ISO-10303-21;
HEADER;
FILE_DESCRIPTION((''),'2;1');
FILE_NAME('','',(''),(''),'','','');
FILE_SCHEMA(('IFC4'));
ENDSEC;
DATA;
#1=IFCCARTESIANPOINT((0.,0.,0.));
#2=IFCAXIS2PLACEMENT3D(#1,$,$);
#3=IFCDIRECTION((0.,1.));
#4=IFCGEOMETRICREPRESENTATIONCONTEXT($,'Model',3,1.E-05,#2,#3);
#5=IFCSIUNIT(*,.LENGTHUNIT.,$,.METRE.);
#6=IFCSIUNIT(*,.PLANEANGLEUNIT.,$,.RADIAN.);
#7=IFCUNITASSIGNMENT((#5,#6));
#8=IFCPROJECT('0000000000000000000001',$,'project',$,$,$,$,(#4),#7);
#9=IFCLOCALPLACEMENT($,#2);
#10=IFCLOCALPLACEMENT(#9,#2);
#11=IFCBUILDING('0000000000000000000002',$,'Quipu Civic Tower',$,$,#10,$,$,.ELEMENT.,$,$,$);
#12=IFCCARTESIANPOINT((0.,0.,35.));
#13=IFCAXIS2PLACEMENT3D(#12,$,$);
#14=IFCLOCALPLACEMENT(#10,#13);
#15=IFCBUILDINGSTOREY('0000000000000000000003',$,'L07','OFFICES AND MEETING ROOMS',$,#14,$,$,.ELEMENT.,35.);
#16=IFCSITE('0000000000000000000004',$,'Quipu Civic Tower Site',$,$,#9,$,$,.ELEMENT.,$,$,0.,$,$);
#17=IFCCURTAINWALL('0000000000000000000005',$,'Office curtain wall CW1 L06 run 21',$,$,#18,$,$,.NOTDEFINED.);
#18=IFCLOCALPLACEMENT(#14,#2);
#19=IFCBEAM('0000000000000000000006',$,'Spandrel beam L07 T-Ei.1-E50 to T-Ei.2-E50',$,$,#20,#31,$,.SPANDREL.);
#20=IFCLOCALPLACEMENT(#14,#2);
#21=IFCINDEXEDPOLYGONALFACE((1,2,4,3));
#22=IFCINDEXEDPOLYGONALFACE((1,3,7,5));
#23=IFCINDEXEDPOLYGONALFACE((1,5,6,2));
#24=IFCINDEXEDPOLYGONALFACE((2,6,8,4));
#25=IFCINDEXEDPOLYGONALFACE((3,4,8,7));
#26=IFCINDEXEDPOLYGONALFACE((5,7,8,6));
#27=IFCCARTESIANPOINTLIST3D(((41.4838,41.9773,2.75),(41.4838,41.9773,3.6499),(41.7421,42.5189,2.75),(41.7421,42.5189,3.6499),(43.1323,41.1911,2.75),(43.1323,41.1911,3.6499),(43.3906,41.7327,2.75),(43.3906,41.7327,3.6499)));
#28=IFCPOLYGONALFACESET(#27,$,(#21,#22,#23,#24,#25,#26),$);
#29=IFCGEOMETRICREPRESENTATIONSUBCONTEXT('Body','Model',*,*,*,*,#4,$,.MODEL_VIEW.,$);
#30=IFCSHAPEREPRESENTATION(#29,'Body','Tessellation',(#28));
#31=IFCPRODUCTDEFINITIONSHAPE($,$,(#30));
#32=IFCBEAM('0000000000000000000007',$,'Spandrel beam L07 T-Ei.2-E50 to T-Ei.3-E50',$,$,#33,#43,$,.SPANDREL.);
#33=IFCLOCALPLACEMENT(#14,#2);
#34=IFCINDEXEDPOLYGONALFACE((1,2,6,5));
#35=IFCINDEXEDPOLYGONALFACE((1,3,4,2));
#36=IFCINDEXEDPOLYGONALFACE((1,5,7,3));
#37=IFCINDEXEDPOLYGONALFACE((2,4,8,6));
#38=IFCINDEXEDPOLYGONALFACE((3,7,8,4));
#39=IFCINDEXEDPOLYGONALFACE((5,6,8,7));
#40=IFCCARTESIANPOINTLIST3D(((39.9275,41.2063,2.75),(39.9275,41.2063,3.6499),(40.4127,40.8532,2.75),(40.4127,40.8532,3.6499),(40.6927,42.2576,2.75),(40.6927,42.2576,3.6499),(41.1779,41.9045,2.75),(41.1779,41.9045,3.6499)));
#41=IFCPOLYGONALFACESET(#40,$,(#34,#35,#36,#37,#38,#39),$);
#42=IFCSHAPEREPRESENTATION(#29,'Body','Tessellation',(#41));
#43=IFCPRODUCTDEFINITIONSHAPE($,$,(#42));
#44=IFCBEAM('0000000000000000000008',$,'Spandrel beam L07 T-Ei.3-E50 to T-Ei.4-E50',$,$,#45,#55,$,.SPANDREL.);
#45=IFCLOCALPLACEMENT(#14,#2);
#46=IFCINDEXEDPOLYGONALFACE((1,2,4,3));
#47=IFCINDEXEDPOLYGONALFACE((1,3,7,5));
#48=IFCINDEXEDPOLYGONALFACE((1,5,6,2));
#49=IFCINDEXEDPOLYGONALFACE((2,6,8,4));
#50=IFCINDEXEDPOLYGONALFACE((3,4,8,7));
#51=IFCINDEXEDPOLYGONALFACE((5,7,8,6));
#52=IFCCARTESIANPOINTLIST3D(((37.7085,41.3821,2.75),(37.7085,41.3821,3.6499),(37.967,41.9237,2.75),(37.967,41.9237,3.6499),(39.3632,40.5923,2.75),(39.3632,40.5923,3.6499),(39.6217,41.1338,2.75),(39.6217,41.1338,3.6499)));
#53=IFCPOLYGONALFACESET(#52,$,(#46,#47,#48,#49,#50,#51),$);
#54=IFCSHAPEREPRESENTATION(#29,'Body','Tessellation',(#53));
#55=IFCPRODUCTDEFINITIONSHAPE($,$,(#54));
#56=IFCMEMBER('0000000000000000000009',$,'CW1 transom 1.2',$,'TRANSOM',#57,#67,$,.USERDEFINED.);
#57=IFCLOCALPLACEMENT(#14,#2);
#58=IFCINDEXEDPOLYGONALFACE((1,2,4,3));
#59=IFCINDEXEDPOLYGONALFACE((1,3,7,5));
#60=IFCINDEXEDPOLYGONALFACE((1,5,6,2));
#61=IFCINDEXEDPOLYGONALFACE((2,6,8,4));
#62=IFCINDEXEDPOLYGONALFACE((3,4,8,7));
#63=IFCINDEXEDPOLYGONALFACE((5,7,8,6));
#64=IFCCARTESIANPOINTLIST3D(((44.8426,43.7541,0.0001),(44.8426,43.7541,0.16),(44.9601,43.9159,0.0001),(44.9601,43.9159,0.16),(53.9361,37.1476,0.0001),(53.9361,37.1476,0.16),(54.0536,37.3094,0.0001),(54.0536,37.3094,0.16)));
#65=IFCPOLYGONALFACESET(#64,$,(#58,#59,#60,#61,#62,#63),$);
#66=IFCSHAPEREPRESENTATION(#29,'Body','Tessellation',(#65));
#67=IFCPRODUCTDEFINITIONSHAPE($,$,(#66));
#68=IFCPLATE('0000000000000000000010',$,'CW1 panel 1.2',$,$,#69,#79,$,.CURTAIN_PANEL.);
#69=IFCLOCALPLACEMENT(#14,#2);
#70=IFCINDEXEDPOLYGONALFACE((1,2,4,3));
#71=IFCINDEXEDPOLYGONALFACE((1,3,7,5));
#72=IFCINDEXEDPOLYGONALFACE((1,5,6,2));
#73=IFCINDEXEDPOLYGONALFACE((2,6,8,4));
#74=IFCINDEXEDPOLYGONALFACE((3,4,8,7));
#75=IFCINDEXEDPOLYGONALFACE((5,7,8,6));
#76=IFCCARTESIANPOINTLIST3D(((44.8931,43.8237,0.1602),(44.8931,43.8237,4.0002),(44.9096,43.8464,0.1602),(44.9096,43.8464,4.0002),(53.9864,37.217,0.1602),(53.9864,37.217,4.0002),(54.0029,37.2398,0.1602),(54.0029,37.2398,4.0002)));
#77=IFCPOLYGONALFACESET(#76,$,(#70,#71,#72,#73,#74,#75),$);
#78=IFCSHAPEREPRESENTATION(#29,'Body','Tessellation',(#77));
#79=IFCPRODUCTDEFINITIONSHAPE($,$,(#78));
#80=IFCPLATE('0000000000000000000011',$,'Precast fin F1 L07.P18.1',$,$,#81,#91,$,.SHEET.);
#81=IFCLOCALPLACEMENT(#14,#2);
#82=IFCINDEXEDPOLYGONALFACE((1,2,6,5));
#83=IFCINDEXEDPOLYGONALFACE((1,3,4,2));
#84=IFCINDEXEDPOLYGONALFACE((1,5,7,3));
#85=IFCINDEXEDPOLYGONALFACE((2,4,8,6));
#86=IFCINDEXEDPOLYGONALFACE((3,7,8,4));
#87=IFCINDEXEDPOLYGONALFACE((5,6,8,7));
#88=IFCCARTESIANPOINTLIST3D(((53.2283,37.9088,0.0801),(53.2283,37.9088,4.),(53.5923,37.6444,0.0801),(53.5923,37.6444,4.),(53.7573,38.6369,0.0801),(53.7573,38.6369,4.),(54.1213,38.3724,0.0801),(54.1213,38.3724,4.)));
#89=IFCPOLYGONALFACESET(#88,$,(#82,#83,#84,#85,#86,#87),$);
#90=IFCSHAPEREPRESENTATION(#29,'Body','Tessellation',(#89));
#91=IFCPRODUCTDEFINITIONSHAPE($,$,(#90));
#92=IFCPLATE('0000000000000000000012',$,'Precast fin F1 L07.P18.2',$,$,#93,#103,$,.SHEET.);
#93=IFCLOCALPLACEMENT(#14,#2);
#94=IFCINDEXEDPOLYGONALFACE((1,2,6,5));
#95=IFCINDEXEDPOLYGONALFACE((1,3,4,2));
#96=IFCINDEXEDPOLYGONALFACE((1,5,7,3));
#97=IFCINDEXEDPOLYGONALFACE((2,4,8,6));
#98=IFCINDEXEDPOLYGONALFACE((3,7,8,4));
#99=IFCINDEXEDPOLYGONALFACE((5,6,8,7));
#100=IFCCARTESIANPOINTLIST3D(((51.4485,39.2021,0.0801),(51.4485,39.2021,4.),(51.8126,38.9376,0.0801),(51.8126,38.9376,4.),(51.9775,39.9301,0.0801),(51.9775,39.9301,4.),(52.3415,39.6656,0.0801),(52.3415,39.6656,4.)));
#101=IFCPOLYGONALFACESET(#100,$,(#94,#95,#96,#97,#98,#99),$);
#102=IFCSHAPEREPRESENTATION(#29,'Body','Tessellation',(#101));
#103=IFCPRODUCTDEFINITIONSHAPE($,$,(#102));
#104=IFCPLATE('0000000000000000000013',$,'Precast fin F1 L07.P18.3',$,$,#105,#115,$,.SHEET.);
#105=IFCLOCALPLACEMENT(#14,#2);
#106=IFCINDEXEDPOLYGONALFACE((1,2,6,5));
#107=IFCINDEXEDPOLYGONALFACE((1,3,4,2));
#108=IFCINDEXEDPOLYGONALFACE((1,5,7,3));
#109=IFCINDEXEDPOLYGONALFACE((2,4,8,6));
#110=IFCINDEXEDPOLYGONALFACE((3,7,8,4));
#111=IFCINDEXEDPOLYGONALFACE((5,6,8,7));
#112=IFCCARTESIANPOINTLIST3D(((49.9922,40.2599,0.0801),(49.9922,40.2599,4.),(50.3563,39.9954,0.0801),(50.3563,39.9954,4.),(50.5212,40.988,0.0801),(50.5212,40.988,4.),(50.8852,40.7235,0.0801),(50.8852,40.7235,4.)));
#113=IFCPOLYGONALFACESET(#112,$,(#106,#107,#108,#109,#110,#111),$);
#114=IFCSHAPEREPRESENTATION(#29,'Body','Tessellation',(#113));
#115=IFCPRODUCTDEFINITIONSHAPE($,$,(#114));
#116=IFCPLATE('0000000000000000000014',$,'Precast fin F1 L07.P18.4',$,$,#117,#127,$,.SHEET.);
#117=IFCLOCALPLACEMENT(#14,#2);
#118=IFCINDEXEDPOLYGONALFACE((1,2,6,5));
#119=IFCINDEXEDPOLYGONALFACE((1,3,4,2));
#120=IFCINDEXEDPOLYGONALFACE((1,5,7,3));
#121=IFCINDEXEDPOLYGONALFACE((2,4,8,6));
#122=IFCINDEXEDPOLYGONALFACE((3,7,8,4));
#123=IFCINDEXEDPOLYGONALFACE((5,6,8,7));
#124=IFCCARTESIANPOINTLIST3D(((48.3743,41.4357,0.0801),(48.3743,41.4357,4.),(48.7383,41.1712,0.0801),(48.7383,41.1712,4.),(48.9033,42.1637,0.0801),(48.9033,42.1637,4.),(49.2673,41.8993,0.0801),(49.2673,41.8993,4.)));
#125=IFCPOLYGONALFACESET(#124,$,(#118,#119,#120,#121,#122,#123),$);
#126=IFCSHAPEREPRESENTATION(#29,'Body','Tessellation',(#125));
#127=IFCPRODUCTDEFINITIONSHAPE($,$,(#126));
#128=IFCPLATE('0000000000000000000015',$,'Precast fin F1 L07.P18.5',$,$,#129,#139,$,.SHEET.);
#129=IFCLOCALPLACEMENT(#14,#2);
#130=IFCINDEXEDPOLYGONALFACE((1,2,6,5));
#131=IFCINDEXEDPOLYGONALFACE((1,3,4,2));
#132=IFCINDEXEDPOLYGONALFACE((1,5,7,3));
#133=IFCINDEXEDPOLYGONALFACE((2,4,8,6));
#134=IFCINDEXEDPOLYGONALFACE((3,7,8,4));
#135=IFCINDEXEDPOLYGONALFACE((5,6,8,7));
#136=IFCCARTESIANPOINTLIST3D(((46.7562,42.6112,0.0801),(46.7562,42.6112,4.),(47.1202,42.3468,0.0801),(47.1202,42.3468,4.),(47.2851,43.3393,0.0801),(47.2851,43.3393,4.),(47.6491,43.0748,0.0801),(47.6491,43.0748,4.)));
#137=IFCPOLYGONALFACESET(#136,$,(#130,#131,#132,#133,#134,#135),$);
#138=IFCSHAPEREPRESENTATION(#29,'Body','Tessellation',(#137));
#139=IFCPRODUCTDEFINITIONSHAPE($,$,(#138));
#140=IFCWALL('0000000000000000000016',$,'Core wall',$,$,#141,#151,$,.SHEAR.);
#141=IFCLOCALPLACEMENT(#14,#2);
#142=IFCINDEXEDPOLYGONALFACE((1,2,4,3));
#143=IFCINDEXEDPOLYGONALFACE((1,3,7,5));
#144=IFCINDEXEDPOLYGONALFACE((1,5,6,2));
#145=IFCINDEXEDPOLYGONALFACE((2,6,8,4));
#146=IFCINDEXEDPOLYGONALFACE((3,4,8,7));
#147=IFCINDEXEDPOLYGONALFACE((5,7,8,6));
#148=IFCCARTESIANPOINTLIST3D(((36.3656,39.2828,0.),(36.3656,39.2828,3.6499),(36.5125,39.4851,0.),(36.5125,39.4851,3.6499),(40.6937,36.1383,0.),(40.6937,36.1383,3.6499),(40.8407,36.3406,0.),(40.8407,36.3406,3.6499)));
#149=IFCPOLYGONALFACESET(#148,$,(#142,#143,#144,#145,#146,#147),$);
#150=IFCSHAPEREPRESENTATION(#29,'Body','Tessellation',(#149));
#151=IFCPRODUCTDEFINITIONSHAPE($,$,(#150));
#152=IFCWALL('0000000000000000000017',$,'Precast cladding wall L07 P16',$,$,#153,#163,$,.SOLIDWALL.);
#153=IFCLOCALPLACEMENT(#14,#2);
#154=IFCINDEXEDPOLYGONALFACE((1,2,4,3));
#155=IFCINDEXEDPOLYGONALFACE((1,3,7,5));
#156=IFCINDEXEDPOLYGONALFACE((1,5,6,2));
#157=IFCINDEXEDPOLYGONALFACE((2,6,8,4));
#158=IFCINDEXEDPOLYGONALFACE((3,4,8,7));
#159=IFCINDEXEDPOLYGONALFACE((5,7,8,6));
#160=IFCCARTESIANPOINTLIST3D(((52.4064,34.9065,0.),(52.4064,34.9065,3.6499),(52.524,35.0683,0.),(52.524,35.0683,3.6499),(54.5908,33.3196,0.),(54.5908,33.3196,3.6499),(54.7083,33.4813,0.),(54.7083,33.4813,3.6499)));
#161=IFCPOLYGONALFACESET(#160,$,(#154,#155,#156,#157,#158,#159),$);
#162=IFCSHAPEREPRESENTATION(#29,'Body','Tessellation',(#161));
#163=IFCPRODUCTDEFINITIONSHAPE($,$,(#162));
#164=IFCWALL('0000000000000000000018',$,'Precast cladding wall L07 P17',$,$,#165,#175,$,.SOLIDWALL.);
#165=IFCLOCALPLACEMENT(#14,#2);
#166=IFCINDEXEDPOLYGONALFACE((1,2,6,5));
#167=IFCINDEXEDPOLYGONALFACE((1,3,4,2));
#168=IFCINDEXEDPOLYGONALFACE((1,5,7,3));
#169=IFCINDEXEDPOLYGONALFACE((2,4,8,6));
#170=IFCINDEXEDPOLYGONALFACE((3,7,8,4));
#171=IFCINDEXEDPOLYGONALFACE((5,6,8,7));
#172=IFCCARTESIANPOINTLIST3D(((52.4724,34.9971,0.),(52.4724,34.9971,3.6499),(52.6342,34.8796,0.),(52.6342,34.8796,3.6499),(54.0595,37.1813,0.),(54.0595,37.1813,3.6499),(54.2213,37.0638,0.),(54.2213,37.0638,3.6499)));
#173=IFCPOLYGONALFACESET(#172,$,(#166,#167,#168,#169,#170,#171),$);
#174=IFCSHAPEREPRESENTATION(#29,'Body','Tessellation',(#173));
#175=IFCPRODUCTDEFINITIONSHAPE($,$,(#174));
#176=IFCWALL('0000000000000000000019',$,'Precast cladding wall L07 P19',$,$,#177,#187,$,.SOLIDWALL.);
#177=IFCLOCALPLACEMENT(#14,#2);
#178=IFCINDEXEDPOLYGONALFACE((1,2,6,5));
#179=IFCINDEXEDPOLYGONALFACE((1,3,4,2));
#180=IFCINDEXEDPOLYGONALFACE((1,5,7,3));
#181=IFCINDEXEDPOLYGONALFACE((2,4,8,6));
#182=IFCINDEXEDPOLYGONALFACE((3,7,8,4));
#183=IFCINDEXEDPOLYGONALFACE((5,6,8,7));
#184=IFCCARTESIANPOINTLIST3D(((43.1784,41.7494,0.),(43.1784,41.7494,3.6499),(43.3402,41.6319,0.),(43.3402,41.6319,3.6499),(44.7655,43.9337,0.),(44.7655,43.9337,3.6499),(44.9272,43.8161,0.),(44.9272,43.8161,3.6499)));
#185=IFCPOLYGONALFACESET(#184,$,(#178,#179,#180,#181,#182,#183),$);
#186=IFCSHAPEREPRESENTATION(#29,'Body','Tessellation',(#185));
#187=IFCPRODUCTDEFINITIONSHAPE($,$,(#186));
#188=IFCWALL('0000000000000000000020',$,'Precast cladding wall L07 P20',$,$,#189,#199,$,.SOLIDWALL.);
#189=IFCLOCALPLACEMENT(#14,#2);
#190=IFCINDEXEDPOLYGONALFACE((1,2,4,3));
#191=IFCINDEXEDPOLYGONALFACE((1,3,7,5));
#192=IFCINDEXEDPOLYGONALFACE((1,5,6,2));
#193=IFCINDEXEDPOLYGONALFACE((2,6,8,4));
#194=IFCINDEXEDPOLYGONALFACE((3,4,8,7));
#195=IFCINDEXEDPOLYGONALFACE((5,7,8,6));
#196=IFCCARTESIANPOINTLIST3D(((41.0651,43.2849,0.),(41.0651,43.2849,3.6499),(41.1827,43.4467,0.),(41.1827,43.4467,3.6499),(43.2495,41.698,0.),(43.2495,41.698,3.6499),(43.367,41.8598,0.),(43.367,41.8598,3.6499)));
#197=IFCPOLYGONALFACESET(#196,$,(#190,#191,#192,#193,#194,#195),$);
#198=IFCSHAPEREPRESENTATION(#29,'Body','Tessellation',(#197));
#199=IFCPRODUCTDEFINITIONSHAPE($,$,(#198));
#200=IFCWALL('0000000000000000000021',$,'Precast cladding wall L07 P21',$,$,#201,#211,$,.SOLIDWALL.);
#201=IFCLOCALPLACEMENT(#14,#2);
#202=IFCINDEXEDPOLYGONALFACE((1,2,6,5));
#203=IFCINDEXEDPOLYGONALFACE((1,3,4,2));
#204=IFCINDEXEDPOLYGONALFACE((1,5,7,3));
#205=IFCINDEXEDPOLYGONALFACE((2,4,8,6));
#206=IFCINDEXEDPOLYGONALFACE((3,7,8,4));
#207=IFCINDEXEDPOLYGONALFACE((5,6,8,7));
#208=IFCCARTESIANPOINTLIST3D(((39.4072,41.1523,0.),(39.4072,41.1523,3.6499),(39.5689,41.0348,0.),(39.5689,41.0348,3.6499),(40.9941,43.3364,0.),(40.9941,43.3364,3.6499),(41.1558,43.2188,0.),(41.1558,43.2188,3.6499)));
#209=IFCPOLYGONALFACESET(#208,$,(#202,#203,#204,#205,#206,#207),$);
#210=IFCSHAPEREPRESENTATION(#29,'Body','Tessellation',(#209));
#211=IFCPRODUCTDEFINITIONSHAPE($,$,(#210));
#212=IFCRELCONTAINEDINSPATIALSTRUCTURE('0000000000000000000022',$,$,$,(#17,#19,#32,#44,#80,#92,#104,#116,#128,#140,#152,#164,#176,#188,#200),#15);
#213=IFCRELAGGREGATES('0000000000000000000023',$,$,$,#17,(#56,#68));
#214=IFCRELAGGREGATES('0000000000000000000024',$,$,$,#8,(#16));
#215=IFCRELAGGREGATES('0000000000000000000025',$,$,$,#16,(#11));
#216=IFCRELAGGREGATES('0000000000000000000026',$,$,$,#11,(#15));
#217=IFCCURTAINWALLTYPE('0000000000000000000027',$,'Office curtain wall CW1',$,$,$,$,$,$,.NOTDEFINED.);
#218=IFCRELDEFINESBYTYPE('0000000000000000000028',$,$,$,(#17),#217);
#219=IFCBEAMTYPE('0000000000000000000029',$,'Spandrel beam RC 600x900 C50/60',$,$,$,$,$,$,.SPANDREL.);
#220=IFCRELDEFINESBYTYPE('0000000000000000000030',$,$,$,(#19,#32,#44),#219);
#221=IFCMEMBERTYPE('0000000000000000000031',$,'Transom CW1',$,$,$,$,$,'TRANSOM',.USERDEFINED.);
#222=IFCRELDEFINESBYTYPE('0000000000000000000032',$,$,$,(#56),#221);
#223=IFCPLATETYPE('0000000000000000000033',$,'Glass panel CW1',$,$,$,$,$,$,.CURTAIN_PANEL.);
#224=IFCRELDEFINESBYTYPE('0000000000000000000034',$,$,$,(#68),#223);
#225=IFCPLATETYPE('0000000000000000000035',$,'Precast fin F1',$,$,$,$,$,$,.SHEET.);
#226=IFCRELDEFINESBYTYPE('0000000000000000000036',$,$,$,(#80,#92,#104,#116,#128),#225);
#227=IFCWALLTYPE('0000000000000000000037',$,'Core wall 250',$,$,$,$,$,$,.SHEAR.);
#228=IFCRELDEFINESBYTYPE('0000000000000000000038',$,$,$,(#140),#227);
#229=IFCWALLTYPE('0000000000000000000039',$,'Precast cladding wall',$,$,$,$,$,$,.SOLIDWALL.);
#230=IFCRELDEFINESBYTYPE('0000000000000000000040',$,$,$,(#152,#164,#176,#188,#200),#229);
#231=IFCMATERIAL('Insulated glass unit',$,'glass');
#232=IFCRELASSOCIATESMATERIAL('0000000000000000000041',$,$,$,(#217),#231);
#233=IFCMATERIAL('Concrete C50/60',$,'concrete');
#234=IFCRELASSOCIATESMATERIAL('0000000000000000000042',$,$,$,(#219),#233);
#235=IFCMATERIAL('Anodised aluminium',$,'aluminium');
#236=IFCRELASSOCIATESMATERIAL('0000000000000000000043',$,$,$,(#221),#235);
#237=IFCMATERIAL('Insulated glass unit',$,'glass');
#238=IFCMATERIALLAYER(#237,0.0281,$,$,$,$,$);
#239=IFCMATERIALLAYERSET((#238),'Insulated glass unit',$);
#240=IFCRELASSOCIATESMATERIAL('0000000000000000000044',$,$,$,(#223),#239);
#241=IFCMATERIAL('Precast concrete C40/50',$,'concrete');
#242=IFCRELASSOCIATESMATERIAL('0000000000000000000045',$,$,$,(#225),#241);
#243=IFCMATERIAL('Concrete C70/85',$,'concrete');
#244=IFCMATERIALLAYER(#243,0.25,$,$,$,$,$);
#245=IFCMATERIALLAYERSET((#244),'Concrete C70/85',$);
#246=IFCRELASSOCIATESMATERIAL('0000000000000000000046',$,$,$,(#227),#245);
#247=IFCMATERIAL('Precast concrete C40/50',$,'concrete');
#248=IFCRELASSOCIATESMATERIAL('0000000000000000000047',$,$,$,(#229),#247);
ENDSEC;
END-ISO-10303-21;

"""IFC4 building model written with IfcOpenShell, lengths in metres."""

from ifc_helpers import new_model, si_unit, direction, frame, frame_2d, origin, origin_2d, place, context, subcontext, project, spatial, rectangle, extrude, material, layer, layer_set, material_profile, profile_set, type_object, element, aggregate, save


model = new_model("IFC4")

# Units and contexts
model_context = context("Model", 3, precision=1e-05, world=origin(), true_north=direction((0.0, 1.0)))
body_context = subcontext(model_context, "Body", "Model", "MODEL_VIEW")
ifc_project = project(units=[si_unit("LENGTHUNIT", "METRE"), si_unit("PLANEANGLEUNIT", "RADIAN")], contexts=[model_context])

# Site, building, storey
site_placement = place(None, origin())
site = spatial("IfcSite", under=ifc_project, at=site_placement, Name="Quipu Civic Tower Site", CompositionType="ELEMENT", RefElevation=0.0)
building_placement = place(site_placement, origin())
building = spatial("IfcBuilding", under=site, at=building_placement, Name="Quipu Civic Tower", CompositionType="ELEMENT")
storey_placement = place(building_placement, frame((0.0, 0.0, 35.0)))
storey = spatial("IfcBuildingStorey", under=building, at=storey_placement, Name="L07", Description="OFFICES AND MEETING ROOMS", CompositionType="ELEMENT", Elevation=35.0)

# Curtain wall
ifc_material_1 = material(Name="Insulated glass unit", Category="glass")
curtain_wall_type = type_object("IfcCurtainWallType", Name="Office curtain wall CW1", PredefinedType="NOTDEFINED", material=ifc_material_1)
curtain_wall_placement = place(storey_placement, origin())
curtain_wall = element("IfcCurtainWall", 1, at=curtain_wall_placement, inside=storey, type_object=curtain_wall_type, Name="Office curtain wall CW1 L06 run 21", PredefinedType="NOTDEFINED")

# Beams
ifc_material_2 = material(Name="Concrete C50/60", Category="concrete")
ifc_material_profile_1 = material_profile(ifc_material_2, rectangle(XDim=0.6001, YDim=0.8999, at=origin_2d()), Name="RC600x900")
ifc_profile_set_1 = profile_set([ifc_material_profile_1], Name="Concrete C50/60")
beam_type = type_object("IfcBeamType", Name="Spandrel beam RC 600x900 C50/60", PredefinedType="SPANDREL", material=ifc_profile_set_1)
beam_1_placement = place(storey_placement, frame((43.2615, 41.4619, 3.2), z_axis=(-0.902613, 0.430452, 0.0), x_axis=(-0.430452, -0.902613, 0.0)))
element("IfcBeam", 2, at=beam_1_placement, inside=storey, type_object=beam_type, Name="Spandrel beam L07 T-Ei.1-E50 to T-Ei.2-E50", PredefinedType="SPANDREL", context=body_context, shape_type="SweptSolid", body=[
    extrude(rectangle(XDim=0.6001, YDim=0.8999, at=origin_2d()), origin(), (0.0, 0.0, 1.0), 1.8264),
])
beam_2_placement = place(storey_placement, frame((40.9353, 42.0811, 3.2), z_axis=(-0.588462, -0.808525, 0.0), x_axis=(0.808525, -0.588462, 0.0)))
element("IfcBeam", 3, at=beam_2_placement, inside=storey, type_object=beam_type, Name="Spandrel beam L07 T-Ei.2-E50 to T-Ei.3-E50", PredefinedType="SPANDREL", context=body_context, shape_type="SweptSolid", body=[
    extrude(rectangle(XDim=0.6001, YDim=0.8999, at=origin_2d()), origin(), (0.0, 0.0, 1.0), 1.3003),
])
beam_3_placement = place(storey_placement, frame((39.4924, 40.863, 3.2), z_axis=(-0.902454, 0.430786, 0.0), x_axis=(-0.430786, -0.902454, 0.0)))
element("IfcBeam", 4, at=beam_3_placement, inside=storey, type_object=beam_type, Name="Spandrel beam L07 T-Ei.3-E50 to T-Ei.4-E50", PredefinedType="SPANDREL", context=body_context, shape_type="SweptSolid", body=[
    extrude(rectangle(XDim=0.6001, YDim=0.8999, at=origin_2d()), origin(), (0.0, 0.0, 1.0), 1.8335),
])

# Member
ifc_material_3 = material(Name="Anodised aluminium", Category="aluminium")
ifc_material_profile_2 = material_profile(ifc_material_3, rectangle(XDim=0.2, YDim=0.1599, at=origin_2d()), Name="RECT 200x160")
ifc_profile_set_2 = profile_set([ifc_material_profile_2], Name="Anodised aluminium")
member_type_1 = type_object("IfcMemberType", Name="Transom CW1", ElementType="TRANSOM", PredefinedType="USERDEFINED", material=ifc_profile_set_2)
member_1_placement = place(storey_placement, frame((53.9949, 37.2285, 0.0801), z_axis=(-0.809033, 0.587764, 0.0), x_axis=(-0.587764, -0.809033, 0.0)))
member_1 = element("IfcMember", 5, at=member_1_placement, type_object=member_type_1, Name="CW1 transom 1.2", ObjectType="TRANSOM", PredefinedType="USERDEFINED", context=body_context, shape_type="SweptSolid", body=[
    extrude(rectangle(XDim=0.2, YDim=0.1599, at=origin_2d()), origin(), (0.0, 0.0, 1.0), 11.24),
])

# Plate
ifc_material_4 = material(Name="Insulated glass unit", Category="glass")
ifc_layer_1 = layer(ifc_material_4, 0.0281)
ifc_layer_set_1 = layer_set([ifc_layer_1], Name="Insulated glass unit")
plate_type_1 = type_object("IfcPlateType", Name="Glass panel CW1", PredefinedType="CURTAIN_PANEL", material=ifc_layer_set_1)
plate_placement = place(storey_placement, frame((49.448, 40.5317, 0.1602), z_axis=(0.0, 0.0, 1.0), x_axis=(-0.809019, 0.587782, 0.0)))
plate = element("IfcPlate", 6, at=plate_placement, type_object=plate_type_1, Name="CW1 panel 1.2", PredefinedType="CURTAIN_PANEL", context=body_context, shape_type="SweptSolid", body=[
    extrude(rectangle(XDim=11.24, YDim=0.0281, at=origin_2d()), origin(), (0.0, 0.0, 1.0), 3.8401),
])
aggregate(curtain_wall, [member_1, plate])

# Plates
ifc_material_5 = material(Name="Precast concrete C40/50", Category="concrete")
plate_type_2 = type_object("IfcPlateType", Name="Precast fin F1", PredefinedType="SHEET", material=ifc_material_5)
for number, where, z_axis, x_axis, name in (
    (7, (53.6748, 38.1406, 0.0801), (0.0, 0.0, 1.0), (-0.809021, 0.587779, 0.0), "Precast fin F1 L07.P18.1"),
    (8, (51.895, 39.4338, 0.0801), (0.0, 0.0, 1.0), (-0.809021, 0.587779, 0.0), "Precast fin F1 L07.P18.2"),
    (9, (50.4387, 40.4917, 0.0801), (0.0, 0.0, 1.0), (-0.809021, 0.587779, 0.0), "Precast fin F1 L07.P18.3"),
    (10, (48.8208, 41.6675, 0.0801), (0.0, 0.0, 1.0), (-0.809021, 0.587779, 0.0), "Precast fin F1 L07.P18.4"),
    (11, (47.2026, 42.843, 0.0801), (0.0, 0.0, 1.0), (-0.809021, 0.587779, 0.0), "Precast fin F1 L07.P18.5"),
):
    element("IfcPlate", number, at=place(storey_placement, frame(where, z_axis=z_axis, x_axis=x_axis)), inside=storey, type_object=plate_type_2, Name=name, PredefinedType="SHEET", context=body_context, shape_type="SweptSolid", body=[
        extrude(rectangle(XDim=0.45, YDim=0.8999, at=origin_2d()), origin(), (0.0, 0.0, 1.0), 3.9199),
    ])

# Walls
ifc_material_6 = material(Name="Concrete C70/85", Category="concrete")
ifc_layer_2 = layer(ifc_material_6, 0.25)
ifc_layer_set_2 = layer_set([ifc_layer_2], Name="Concrete C70/85")
wall_type_1 = type_object("IfcWallType", Name="Core wall 250", PredefinedType="SHEAR", material=ifc_layer_set_2)
wall_1_placement = place(storey_placement, frame((40.7671, 36.2395, 0.0), z_axis=(0.0, 0.0, 1.0), x_axis=(-0.80902, 0.587781, 0.0)))
element("IfcWall", 12, at=wall_1_placement, inside=storey, type_object=wall_type_1, Name="Core wall", PredefinedType="SHEAR", context=body_context, shape_type="SweptSolid", body=[
    extrude(rectangle(XDim=5.3499, YDim=0.25, at=frame_2d((2.6748, 0.0))), origin(), (0.0, 0.0, 1.0), 3.6499),
])
ifc_material_7 = material(Name="Precast concrete C40/50", Category="concrete")
wall_type_2 = type_object("IfcWallType", Name="Precast cladding wall", PredefinedType="SOLIDWALL", material=ifc_material_7)
for number, where, z_axis, x_axis, name in (
    (13, (54.6497, 33.4004, 0.0), (0.0, 0.0, 1.0), (-0.809033, 0.587763, 0.0), "Precast cladding wall L07 P16"),
    (14, (52.5532, 34.9382, 0.0), (0.0, 0.0, 1.0), (0.587822, 0.80899, 0.0), "Precast cladding wall L07 P17"),
    (15, (44.8464, 43.875, 0.0), (0.0, 0.0, 1.0), (-0.587822, -0.80899, 0.0), "Precast cladding wall L07 P19"),
    (16, (43.3083, 41.7788, 0.0), (0.0, 0.0, 1.0), (-0.809033, 0.587763, 0.0), "Precast cladding wall L07 P20"),
):
    element("IfcWall", number, at=place(storey_placement, frame(where, z_axis=z_axis, x_axis=x_axis)), inside=storey, type_object=wall_type_2, Name=name, PredefinedType="SOLIDWALL", context=body_context, shape_type="SweptSolid", body=[
        extrude(rectangle(XDim=2.7, YDim=0.2, at=frame_2d((1.3501, 0.0))), origin(), (0.0, 0.0, 1.0), 3.6499),
    ])
wall_2_placement = place(storey_placement, frame((41.075, 43.2776, 0.0), z_axis=(0.0, 0.0, 1.0), x_axis=(-0.587806, -0.809002, 0.0)))
element("IfcWall", 17, at=wall_2_placement, inside=storey, type_object=wall_type_2, Name="Precast cladding wall L07 P21", PredefinedType="SOLIDWALL", context=body_context, shape_type="SweptSolid", body=[
    extrude(rectangle(XDim=2.6997, YDim=0.2, at=frame_2d((1.3499, 0.0))), origin(), (0.0, 0.0, 1.0), 3.6499),
])

save(model, "model.ifc")
